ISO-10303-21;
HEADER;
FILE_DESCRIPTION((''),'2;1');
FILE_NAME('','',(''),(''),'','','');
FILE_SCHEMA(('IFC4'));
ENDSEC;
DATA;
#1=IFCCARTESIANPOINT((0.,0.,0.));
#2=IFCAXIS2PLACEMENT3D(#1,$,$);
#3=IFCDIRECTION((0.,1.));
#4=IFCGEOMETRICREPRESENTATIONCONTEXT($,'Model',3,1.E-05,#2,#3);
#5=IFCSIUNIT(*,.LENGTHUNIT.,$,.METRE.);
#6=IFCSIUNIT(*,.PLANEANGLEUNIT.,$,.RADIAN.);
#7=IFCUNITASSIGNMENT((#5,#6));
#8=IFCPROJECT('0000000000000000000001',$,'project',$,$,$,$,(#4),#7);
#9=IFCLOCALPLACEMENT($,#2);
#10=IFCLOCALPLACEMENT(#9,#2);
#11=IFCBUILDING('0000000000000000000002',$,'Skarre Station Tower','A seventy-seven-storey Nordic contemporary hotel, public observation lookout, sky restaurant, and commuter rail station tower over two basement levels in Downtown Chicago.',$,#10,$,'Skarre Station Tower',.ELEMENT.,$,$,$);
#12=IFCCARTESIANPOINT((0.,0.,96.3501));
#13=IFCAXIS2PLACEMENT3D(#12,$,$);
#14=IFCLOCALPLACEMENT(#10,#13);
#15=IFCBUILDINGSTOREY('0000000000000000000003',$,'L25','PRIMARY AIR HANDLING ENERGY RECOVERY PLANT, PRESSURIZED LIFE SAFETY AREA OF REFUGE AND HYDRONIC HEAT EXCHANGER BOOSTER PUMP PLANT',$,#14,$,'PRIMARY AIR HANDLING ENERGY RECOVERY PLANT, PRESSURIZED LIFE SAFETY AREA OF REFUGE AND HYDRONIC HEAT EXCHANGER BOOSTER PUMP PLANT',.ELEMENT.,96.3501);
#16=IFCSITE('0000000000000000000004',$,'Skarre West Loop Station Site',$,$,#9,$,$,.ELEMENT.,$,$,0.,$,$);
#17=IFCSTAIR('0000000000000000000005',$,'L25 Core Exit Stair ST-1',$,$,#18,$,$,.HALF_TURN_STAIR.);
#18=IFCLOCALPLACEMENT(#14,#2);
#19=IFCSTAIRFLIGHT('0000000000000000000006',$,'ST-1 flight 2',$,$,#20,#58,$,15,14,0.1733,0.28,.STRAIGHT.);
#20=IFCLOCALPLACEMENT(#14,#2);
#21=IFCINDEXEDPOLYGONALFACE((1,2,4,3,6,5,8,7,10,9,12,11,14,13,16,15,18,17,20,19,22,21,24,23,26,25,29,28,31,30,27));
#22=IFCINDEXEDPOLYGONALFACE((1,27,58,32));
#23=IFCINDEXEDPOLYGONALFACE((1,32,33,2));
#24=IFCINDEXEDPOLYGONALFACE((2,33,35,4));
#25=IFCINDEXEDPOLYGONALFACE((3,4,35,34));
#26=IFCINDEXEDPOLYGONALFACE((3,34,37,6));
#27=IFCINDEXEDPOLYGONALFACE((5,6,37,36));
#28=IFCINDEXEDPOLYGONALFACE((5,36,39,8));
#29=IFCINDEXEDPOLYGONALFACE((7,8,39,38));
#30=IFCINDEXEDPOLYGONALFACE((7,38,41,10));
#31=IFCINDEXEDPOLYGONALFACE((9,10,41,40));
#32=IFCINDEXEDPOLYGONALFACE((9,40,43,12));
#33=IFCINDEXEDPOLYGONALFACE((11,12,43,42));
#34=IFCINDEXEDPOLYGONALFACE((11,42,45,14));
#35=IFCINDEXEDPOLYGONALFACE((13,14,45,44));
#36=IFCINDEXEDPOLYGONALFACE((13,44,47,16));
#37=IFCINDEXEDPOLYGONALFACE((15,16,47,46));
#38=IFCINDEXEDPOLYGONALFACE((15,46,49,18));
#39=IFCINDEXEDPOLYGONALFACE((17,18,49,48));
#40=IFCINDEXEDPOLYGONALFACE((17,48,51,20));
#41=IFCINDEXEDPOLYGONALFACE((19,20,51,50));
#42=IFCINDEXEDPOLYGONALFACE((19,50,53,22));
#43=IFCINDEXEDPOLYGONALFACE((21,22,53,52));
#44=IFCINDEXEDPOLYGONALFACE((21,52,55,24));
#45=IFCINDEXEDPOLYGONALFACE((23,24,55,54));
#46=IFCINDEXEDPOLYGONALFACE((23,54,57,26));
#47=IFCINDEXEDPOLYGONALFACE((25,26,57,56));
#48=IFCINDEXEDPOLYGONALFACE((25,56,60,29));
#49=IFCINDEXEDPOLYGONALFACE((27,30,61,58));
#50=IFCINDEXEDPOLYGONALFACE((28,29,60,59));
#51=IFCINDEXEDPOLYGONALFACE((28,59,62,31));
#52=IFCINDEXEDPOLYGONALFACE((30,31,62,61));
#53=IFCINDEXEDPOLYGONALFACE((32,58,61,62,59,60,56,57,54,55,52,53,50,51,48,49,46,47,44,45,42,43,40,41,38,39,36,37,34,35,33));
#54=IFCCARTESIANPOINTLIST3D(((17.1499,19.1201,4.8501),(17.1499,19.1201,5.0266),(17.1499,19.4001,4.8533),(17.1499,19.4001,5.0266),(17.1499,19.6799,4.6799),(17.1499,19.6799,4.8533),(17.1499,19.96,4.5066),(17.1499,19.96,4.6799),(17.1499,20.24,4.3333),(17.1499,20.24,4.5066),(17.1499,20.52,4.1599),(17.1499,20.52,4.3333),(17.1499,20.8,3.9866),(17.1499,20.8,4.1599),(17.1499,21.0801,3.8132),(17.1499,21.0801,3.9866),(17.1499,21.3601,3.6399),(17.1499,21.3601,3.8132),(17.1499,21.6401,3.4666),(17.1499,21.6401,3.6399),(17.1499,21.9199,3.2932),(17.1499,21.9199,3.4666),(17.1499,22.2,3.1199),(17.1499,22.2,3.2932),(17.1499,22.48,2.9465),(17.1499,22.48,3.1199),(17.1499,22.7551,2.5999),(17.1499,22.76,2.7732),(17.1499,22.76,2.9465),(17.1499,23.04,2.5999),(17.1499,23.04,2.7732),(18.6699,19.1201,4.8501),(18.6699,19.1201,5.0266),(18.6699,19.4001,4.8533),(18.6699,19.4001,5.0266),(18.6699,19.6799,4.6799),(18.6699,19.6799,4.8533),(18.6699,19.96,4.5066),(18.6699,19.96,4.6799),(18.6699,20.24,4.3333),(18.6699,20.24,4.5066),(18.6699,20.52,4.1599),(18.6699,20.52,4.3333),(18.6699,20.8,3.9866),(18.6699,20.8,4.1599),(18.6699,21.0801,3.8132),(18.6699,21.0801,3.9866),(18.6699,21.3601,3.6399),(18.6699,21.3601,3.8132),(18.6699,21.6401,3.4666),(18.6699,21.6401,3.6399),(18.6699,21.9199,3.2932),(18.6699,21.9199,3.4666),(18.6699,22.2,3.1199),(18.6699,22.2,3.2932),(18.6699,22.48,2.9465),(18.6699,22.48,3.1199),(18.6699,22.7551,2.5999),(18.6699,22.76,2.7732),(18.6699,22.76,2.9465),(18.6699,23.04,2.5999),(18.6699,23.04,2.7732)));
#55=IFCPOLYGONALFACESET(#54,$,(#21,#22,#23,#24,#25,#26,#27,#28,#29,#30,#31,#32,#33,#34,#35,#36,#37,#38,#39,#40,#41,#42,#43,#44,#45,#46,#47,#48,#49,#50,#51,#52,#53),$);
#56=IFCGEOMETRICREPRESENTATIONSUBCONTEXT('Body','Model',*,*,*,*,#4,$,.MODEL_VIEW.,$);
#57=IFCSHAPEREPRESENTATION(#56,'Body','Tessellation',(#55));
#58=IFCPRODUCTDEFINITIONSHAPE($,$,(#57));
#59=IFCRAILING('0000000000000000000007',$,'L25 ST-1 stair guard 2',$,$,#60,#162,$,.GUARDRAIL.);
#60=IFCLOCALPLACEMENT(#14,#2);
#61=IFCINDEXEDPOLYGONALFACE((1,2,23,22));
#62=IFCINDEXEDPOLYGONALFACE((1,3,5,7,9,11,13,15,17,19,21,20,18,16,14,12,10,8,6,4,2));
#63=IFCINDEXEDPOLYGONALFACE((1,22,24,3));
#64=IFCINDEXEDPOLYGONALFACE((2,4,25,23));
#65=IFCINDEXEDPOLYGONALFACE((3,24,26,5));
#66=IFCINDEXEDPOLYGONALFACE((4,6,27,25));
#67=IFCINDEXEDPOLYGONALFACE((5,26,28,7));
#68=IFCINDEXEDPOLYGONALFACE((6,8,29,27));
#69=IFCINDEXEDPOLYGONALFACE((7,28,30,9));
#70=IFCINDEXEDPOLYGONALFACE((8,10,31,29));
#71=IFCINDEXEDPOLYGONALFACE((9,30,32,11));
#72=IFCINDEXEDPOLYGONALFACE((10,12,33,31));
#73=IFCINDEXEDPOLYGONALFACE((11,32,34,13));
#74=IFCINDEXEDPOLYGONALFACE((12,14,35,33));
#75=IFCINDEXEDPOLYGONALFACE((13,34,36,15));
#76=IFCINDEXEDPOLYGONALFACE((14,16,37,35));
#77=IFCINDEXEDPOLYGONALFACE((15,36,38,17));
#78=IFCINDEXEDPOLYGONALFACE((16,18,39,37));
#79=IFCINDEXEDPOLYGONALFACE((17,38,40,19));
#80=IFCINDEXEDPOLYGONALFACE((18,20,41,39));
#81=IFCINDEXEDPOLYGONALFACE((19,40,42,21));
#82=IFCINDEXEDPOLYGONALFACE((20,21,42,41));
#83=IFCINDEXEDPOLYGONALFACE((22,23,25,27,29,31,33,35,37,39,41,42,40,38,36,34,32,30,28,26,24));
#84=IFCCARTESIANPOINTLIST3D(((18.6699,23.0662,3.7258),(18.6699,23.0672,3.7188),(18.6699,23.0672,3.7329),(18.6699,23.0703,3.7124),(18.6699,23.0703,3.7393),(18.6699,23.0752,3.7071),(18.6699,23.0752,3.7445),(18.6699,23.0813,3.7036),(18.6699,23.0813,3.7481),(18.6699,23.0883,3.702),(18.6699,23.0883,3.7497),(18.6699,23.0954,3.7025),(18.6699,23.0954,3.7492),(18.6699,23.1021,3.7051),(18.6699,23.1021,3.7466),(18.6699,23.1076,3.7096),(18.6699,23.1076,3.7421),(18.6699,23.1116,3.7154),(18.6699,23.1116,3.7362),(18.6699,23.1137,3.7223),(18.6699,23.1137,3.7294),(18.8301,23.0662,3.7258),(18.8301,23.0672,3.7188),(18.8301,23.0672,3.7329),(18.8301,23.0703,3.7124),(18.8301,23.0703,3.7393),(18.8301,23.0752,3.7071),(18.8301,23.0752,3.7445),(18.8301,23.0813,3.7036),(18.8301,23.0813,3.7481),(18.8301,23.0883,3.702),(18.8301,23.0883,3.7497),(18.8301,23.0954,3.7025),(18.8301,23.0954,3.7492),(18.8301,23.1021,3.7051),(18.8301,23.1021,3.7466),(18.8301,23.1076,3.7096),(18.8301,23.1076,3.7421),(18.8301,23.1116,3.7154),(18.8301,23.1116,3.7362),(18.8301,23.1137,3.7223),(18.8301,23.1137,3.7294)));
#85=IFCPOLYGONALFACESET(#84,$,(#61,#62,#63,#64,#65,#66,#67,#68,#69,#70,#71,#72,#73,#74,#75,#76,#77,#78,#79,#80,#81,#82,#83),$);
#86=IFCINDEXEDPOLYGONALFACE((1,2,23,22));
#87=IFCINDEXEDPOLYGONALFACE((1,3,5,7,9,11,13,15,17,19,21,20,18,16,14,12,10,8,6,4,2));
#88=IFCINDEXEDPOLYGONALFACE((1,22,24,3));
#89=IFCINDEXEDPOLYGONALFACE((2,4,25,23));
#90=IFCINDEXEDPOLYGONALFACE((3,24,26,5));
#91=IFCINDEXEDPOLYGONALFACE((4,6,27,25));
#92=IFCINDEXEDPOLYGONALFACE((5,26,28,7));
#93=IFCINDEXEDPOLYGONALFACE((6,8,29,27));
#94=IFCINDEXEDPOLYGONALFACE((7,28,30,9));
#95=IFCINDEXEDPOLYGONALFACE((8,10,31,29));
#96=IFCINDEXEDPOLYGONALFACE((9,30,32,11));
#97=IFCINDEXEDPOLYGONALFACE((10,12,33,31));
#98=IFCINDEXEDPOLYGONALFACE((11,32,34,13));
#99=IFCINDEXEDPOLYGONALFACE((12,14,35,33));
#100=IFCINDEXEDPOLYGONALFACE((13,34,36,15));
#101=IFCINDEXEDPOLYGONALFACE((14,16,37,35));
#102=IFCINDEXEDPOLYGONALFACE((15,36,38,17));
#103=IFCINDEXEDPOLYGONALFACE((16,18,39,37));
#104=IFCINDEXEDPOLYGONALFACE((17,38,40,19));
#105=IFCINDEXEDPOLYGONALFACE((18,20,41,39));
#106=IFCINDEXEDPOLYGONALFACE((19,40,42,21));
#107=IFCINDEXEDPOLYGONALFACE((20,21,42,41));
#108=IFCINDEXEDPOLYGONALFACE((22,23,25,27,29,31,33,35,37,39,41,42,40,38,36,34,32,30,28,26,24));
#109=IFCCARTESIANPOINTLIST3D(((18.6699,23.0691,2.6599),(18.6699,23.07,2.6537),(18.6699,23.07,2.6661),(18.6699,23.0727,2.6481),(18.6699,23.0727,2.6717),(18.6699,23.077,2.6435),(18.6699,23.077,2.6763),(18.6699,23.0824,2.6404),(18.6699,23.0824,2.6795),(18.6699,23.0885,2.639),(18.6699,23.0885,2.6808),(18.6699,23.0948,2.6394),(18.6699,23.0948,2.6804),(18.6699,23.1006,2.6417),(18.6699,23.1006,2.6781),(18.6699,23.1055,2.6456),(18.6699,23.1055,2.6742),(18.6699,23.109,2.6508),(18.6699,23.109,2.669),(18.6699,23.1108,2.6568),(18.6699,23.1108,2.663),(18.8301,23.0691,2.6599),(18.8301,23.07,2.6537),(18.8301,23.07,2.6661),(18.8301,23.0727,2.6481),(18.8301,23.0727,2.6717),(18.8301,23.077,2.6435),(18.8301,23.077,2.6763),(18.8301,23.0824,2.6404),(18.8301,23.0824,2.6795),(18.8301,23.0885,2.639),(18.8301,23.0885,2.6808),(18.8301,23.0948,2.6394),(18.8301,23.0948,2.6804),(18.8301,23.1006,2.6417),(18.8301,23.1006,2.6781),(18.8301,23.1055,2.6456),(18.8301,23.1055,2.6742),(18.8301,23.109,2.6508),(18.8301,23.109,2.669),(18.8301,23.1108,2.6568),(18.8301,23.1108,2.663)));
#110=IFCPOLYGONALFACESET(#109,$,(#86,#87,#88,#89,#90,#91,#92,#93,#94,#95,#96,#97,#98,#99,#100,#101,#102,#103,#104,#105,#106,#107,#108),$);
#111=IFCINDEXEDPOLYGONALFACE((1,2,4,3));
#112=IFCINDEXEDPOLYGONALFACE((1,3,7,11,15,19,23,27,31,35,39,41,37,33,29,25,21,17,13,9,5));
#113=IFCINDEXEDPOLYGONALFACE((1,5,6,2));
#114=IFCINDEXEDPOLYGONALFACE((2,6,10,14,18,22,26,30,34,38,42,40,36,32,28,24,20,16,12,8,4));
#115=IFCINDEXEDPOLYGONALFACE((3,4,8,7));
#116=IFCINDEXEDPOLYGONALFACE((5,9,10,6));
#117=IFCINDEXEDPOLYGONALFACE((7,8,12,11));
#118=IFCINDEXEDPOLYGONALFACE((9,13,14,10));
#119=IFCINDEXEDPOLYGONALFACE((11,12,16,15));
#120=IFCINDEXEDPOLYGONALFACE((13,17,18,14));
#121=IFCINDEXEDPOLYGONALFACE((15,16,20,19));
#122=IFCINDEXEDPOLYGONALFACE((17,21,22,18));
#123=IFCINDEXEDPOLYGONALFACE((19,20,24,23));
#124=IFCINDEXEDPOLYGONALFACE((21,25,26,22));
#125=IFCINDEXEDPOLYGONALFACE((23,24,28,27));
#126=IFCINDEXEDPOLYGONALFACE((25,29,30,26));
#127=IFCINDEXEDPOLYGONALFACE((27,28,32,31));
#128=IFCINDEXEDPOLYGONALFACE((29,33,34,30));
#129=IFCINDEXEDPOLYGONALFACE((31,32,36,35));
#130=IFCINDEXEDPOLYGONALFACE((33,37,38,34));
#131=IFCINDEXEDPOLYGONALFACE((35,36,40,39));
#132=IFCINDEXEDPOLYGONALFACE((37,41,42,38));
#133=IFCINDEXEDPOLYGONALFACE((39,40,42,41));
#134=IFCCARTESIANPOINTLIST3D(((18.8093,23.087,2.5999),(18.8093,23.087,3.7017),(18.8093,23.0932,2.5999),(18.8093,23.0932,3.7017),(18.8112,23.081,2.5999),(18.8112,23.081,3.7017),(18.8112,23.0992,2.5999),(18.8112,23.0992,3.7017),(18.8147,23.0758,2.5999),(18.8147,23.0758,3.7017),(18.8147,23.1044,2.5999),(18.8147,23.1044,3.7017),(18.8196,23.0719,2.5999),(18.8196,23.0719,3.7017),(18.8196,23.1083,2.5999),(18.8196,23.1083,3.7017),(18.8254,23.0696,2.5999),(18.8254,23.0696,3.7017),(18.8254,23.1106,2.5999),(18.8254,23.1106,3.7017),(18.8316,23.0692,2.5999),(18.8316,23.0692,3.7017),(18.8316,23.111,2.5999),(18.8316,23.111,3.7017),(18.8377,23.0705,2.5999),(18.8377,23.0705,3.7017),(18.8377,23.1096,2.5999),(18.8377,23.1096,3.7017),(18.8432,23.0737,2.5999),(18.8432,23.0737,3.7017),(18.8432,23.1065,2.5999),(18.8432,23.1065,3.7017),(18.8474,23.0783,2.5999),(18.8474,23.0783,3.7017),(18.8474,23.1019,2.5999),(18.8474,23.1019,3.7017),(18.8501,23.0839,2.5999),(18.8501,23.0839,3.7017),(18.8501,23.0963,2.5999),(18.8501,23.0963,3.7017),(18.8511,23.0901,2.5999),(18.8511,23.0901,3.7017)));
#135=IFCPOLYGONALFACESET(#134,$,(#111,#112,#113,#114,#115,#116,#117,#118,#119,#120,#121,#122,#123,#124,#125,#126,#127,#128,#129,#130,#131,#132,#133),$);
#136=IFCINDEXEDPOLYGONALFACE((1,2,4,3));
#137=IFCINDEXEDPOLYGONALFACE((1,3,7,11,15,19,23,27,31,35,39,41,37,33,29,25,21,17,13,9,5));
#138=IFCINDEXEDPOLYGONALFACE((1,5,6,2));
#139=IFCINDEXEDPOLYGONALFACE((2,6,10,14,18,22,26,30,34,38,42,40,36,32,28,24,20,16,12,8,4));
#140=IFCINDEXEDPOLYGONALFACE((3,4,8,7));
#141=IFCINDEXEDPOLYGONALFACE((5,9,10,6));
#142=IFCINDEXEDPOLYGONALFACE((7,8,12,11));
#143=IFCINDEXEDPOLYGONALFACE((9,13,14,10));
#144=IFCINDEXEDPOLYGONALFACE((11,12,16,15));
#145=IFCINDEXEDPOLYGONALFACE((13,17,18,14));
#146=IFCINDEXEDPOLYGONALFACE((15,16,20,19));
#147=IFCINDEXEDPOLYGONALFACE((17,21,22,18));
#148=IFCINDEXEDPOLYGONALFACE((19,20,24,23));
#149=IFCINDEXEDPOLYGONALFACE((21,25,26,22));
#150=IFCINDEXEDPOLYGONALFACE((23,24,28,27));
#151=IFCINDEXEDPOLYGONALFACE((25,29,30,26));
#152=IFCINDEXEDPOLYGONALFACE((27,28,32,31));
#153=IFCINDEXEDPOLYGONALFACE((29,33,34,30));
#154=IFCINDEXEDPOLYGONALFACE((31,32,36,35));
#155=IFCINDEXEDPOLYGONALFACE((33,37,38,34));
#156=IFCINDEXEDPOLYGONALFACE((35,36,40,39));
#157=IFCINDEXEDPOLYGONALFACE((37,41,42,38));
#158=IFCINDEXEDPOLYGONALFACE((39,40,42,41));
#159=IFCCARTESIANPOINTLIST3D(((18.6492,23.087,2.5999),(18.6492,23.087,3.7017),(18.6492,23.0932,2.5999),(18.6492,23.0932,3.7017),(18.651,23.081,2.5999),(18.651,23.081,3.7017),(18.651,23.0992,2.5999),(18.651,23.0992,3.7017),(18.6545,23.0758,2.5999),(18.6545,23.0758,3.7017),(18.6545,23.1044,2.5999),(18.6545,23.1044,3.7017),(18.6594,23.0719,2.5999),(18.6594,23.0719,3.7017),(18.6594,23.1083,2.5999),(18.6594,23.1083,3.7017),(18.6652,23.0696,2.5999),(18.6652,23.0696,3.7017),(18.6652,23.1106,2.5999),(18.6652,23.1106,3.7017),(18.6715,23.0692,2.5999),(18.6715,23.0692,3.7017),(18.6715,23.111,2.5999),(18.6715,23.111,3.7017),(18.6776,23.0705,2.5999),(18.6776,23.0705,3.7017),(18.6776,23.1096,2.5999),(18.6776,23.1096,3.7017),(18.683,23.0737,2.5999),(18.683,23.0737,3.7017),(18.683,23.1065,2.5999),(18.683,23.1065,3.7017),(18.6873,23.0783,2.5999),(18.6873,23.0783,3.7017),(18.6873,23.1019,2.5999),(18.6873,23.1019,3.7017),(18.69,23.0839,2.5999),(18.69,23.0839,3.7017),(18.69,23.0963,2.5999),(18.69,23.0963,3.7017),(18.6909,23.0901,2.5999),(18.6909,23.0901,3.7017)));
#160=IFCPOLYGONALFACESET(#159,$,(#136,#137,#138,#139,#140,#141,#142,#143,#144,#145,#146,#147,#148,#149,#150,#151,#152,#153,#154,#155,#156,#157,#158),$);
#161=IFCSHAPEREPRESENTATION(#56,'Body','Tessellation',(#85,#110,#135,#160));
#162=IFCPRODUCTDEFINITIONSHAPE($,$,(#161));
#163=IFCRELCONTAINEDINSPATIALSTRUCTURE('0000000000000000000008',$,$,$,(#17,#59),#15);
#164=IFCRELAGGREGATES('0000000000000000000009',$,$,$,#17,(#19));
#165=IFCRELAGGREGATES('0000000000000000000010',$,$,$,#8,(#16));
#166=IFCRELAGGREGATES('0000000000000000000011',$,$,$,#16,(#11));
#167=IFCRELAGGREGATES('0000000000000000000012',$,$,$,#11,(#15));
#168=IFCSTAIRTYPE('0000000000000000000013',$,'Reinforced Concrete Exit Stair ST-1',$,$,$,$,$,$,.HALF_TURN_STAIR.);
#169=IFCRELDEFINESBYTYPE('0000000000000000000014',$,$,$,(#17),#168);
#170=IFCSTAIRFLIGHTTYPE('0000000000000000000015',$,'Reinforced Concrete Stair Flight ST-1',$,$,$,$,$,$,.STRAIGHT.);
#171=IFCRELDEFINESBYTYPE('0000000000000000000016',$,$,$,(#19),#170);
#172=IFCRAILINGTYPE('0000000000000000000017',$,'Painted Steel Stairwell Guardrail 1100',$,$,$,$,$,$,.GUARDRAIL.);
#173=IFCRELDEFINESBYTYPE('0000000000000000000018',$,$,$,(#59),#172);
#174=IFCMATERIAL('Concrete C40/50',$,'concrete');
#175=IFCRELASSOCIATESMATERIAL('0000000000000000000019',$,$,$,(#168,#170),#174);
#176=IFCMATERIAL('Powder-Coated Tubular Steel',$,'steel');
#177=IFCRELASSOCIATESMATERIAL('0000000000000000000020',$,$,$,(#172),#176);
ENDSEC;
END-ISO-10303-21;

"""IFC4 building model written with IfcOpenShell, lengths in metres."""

from ifc_helpers import new_model, si_unit, direction, frame, origin, origin_2d, place, context, subcontext, project, spatial, polyline, circle, outline, extrude, material, type_object, element, aggregate, save


model = new_model("IFC4")

# Units and contexts
model_context = context("Model", 3, precision=1e-05, world=origin(), true_north=direction((0.0, 1.0)))
body_context = subcontext(model_context, "Body", "Model", "MODEL_VIEW")
ifc_project = project(units=[si_unit("LENGTHUNIT", "METRE"), si_unit("PLANEANGLEUNIT", "RADIAN")], contexts=[model_context])

# Site, building, storey
site_placement = place(None, origin())
site = spatial("IfcSite", under=ifc_project, at=site_placement, Name="Skarre West Loop Station Site", CompositionType="ELEMENT", RefElevation=0.0)
building_placement = place(site_placement, origin())
building = spatial("IfcBuilding", under=site, at=building_placement, Name="Skarre Station Tower", Description="A seventy-seven-storey Nordic contemporary hotel, public observation lookout, sky restaurant, and commuter rail station tower over two basement levels in Downtown Chicago.", LongName="Skarre Station Tower", CompositionType="ELEMENT")
storey_placement = place(building_placement, frame((0.0, 0.0, 96.3501)))
storey = spatial("IfcBuildingStorey", under=building, at=storey_placement, Name="L25", Description="PRIMARY AIR HANDLING ENERGY RECOVERY PLANT, PRESSURIZED LIFE SAFETY AREA OF REFUGE AND HYDRONIC HEAT EXCHANGER BOOSTER PUMP PLANT", LongName="PRIMARY AIR HANDLING ENERGY RECOVERY PLANT, PRESSURIZED LIFE SAFETY AREA OF REFUGE AND HYDRONIC HEAT EXCHANGER BOOSTER PUMP PLANT", CompositionType="ELEMENT", Elevation=96.3501)

# Stair, stair flight
ifc_material_1 = material(Name="Concrete C40/50", Category="concrete")
stair_type = type_object("IfcStairType", Name="Reinforced Concrete Exit Stair ST-1", PredefinedType="HALF_TURN_STAIR", material=ifc_material_1)
stair_placement = place(storey_placement, origin())
stair = element("IfcStair", 1, at=stair_placement, inside=storey, type_object=stair_type, Name="L25 Core Exit Stair ST-1", PredefinedType="HALF_TURN_STAIR")
stair_flight_type = type_object("IfcStairFlightType", Name="Reinforced Concrete Stair Flight ST-1", PredefinedType="STRAIGHT", material=ifc_material_1)
stair_flight_placement = place(storey_placement, frame((17.9099, 23.04, 2.5999), z_axis=(0.0, 0.0, 1.0), x_axis=(0.0, -1.0, 0.0)))
stair_flight = element("IfcStairFlight", 2, at=stair_flight_placement, type_object=stair_flight_type, Name="ST-1 flight 2", NumberOfRisers=15, NumberOfTreads=14, PredefinedType="STRAIGHT", RiserHeight=0.1733, TreadLength=0.28, context=body_context, shape_type="SweptSolid", body=[
    extrude(outline(polyline([(0.0, 0.0), (0.0, 0.1733), (0.28, 0.1733), (0.28, 0.3467), (0.5601, 0.3467), (0.5601, 0.52), (0.8401, 0.52), (0.8401, 0.6934), (1.1201, 0.6934), (1.1201, 0.8667), (1.3999, 0.8667), (1.3999, 1.04), (1.6799, 1.04), (1.6799, 1.2134), (1.96, 1.2134), (1.96, 1.3867), (2.24, 1.3867), (2.24, 1.5601), (2.52, 1.5601), (2.52, 1.7334), (2.8, 1.7334), (2.8, 1.9067), (3.0801, 1.9067), (3.0801, 2.0801), (3.3601, 2.0801), (3.3601, 2.2534), (3.6399, 2.2534), (3.6399, 2.4268), (3.9199, 2.4268), (3.9199, 2.6001), (3.9199, 2.2502), (0.2849, 0.0), (0.0, 0.0)])), frame((0.0, 0.76, 0.0), z_axis=(0.0, -1.0, 0.0), x_axis=(1.0, 0.0, 0.0)), (0.0, 0.0, 1.0), 1.52),
])
aggregate(stair, [stair_flight])

# Railing
ifc_material_2 = material(Name="Powder-Coated Tubular Steel", Category="steel")
railing_type = type_object("IfcRailingType", Name="Painted Steel Stairwell Guardrail 1100", PredefinedType="GUARDRAIL", material=ifc_material_2)
railing_1_placement = place(storey_placement, frame((18.8301, 23.0901, 2.5999)))
element("IfcRailing", 3, at=railing_1_placement, inside=storey, type_object=railing_type, Name="L25 ST-1 stair guard 2", PredefinedType="GUARDRAIL", context=body_context, shape_type="SweptSolid", body=[
    extrude(circle(Radius=0.0239, at=origin_2d()), frame((0.0, 0.0, 1.126), z_axis=(-1.0, 0.0, 0.0), x_axis=(0.0, -1.0, 0.0)), (0.0, 0.0, 1.0), 0.1602),
    extrude(circle(Radius=0.021, at=origin_2d()), frame((0.0, 0.0, 0.0601), z_axis=(-1.0, 0.0, 0.0), x_axis=(0.0, -1.0, 0.0)), (0.0, 0.0, 1.0), 0.1602),
    extrude(circle(Radius=0.021, at=origin_2d()), origin(), (0.0, 0.0, 1.0), 1.1018),
    extrude(circle(Radius=0.021, at=origin_2d()), frame((-0.1602, 0.0, 0.0)), (0.0, 0.0, 1.0), 1.1018),
])

save(model, "model.ifc")
